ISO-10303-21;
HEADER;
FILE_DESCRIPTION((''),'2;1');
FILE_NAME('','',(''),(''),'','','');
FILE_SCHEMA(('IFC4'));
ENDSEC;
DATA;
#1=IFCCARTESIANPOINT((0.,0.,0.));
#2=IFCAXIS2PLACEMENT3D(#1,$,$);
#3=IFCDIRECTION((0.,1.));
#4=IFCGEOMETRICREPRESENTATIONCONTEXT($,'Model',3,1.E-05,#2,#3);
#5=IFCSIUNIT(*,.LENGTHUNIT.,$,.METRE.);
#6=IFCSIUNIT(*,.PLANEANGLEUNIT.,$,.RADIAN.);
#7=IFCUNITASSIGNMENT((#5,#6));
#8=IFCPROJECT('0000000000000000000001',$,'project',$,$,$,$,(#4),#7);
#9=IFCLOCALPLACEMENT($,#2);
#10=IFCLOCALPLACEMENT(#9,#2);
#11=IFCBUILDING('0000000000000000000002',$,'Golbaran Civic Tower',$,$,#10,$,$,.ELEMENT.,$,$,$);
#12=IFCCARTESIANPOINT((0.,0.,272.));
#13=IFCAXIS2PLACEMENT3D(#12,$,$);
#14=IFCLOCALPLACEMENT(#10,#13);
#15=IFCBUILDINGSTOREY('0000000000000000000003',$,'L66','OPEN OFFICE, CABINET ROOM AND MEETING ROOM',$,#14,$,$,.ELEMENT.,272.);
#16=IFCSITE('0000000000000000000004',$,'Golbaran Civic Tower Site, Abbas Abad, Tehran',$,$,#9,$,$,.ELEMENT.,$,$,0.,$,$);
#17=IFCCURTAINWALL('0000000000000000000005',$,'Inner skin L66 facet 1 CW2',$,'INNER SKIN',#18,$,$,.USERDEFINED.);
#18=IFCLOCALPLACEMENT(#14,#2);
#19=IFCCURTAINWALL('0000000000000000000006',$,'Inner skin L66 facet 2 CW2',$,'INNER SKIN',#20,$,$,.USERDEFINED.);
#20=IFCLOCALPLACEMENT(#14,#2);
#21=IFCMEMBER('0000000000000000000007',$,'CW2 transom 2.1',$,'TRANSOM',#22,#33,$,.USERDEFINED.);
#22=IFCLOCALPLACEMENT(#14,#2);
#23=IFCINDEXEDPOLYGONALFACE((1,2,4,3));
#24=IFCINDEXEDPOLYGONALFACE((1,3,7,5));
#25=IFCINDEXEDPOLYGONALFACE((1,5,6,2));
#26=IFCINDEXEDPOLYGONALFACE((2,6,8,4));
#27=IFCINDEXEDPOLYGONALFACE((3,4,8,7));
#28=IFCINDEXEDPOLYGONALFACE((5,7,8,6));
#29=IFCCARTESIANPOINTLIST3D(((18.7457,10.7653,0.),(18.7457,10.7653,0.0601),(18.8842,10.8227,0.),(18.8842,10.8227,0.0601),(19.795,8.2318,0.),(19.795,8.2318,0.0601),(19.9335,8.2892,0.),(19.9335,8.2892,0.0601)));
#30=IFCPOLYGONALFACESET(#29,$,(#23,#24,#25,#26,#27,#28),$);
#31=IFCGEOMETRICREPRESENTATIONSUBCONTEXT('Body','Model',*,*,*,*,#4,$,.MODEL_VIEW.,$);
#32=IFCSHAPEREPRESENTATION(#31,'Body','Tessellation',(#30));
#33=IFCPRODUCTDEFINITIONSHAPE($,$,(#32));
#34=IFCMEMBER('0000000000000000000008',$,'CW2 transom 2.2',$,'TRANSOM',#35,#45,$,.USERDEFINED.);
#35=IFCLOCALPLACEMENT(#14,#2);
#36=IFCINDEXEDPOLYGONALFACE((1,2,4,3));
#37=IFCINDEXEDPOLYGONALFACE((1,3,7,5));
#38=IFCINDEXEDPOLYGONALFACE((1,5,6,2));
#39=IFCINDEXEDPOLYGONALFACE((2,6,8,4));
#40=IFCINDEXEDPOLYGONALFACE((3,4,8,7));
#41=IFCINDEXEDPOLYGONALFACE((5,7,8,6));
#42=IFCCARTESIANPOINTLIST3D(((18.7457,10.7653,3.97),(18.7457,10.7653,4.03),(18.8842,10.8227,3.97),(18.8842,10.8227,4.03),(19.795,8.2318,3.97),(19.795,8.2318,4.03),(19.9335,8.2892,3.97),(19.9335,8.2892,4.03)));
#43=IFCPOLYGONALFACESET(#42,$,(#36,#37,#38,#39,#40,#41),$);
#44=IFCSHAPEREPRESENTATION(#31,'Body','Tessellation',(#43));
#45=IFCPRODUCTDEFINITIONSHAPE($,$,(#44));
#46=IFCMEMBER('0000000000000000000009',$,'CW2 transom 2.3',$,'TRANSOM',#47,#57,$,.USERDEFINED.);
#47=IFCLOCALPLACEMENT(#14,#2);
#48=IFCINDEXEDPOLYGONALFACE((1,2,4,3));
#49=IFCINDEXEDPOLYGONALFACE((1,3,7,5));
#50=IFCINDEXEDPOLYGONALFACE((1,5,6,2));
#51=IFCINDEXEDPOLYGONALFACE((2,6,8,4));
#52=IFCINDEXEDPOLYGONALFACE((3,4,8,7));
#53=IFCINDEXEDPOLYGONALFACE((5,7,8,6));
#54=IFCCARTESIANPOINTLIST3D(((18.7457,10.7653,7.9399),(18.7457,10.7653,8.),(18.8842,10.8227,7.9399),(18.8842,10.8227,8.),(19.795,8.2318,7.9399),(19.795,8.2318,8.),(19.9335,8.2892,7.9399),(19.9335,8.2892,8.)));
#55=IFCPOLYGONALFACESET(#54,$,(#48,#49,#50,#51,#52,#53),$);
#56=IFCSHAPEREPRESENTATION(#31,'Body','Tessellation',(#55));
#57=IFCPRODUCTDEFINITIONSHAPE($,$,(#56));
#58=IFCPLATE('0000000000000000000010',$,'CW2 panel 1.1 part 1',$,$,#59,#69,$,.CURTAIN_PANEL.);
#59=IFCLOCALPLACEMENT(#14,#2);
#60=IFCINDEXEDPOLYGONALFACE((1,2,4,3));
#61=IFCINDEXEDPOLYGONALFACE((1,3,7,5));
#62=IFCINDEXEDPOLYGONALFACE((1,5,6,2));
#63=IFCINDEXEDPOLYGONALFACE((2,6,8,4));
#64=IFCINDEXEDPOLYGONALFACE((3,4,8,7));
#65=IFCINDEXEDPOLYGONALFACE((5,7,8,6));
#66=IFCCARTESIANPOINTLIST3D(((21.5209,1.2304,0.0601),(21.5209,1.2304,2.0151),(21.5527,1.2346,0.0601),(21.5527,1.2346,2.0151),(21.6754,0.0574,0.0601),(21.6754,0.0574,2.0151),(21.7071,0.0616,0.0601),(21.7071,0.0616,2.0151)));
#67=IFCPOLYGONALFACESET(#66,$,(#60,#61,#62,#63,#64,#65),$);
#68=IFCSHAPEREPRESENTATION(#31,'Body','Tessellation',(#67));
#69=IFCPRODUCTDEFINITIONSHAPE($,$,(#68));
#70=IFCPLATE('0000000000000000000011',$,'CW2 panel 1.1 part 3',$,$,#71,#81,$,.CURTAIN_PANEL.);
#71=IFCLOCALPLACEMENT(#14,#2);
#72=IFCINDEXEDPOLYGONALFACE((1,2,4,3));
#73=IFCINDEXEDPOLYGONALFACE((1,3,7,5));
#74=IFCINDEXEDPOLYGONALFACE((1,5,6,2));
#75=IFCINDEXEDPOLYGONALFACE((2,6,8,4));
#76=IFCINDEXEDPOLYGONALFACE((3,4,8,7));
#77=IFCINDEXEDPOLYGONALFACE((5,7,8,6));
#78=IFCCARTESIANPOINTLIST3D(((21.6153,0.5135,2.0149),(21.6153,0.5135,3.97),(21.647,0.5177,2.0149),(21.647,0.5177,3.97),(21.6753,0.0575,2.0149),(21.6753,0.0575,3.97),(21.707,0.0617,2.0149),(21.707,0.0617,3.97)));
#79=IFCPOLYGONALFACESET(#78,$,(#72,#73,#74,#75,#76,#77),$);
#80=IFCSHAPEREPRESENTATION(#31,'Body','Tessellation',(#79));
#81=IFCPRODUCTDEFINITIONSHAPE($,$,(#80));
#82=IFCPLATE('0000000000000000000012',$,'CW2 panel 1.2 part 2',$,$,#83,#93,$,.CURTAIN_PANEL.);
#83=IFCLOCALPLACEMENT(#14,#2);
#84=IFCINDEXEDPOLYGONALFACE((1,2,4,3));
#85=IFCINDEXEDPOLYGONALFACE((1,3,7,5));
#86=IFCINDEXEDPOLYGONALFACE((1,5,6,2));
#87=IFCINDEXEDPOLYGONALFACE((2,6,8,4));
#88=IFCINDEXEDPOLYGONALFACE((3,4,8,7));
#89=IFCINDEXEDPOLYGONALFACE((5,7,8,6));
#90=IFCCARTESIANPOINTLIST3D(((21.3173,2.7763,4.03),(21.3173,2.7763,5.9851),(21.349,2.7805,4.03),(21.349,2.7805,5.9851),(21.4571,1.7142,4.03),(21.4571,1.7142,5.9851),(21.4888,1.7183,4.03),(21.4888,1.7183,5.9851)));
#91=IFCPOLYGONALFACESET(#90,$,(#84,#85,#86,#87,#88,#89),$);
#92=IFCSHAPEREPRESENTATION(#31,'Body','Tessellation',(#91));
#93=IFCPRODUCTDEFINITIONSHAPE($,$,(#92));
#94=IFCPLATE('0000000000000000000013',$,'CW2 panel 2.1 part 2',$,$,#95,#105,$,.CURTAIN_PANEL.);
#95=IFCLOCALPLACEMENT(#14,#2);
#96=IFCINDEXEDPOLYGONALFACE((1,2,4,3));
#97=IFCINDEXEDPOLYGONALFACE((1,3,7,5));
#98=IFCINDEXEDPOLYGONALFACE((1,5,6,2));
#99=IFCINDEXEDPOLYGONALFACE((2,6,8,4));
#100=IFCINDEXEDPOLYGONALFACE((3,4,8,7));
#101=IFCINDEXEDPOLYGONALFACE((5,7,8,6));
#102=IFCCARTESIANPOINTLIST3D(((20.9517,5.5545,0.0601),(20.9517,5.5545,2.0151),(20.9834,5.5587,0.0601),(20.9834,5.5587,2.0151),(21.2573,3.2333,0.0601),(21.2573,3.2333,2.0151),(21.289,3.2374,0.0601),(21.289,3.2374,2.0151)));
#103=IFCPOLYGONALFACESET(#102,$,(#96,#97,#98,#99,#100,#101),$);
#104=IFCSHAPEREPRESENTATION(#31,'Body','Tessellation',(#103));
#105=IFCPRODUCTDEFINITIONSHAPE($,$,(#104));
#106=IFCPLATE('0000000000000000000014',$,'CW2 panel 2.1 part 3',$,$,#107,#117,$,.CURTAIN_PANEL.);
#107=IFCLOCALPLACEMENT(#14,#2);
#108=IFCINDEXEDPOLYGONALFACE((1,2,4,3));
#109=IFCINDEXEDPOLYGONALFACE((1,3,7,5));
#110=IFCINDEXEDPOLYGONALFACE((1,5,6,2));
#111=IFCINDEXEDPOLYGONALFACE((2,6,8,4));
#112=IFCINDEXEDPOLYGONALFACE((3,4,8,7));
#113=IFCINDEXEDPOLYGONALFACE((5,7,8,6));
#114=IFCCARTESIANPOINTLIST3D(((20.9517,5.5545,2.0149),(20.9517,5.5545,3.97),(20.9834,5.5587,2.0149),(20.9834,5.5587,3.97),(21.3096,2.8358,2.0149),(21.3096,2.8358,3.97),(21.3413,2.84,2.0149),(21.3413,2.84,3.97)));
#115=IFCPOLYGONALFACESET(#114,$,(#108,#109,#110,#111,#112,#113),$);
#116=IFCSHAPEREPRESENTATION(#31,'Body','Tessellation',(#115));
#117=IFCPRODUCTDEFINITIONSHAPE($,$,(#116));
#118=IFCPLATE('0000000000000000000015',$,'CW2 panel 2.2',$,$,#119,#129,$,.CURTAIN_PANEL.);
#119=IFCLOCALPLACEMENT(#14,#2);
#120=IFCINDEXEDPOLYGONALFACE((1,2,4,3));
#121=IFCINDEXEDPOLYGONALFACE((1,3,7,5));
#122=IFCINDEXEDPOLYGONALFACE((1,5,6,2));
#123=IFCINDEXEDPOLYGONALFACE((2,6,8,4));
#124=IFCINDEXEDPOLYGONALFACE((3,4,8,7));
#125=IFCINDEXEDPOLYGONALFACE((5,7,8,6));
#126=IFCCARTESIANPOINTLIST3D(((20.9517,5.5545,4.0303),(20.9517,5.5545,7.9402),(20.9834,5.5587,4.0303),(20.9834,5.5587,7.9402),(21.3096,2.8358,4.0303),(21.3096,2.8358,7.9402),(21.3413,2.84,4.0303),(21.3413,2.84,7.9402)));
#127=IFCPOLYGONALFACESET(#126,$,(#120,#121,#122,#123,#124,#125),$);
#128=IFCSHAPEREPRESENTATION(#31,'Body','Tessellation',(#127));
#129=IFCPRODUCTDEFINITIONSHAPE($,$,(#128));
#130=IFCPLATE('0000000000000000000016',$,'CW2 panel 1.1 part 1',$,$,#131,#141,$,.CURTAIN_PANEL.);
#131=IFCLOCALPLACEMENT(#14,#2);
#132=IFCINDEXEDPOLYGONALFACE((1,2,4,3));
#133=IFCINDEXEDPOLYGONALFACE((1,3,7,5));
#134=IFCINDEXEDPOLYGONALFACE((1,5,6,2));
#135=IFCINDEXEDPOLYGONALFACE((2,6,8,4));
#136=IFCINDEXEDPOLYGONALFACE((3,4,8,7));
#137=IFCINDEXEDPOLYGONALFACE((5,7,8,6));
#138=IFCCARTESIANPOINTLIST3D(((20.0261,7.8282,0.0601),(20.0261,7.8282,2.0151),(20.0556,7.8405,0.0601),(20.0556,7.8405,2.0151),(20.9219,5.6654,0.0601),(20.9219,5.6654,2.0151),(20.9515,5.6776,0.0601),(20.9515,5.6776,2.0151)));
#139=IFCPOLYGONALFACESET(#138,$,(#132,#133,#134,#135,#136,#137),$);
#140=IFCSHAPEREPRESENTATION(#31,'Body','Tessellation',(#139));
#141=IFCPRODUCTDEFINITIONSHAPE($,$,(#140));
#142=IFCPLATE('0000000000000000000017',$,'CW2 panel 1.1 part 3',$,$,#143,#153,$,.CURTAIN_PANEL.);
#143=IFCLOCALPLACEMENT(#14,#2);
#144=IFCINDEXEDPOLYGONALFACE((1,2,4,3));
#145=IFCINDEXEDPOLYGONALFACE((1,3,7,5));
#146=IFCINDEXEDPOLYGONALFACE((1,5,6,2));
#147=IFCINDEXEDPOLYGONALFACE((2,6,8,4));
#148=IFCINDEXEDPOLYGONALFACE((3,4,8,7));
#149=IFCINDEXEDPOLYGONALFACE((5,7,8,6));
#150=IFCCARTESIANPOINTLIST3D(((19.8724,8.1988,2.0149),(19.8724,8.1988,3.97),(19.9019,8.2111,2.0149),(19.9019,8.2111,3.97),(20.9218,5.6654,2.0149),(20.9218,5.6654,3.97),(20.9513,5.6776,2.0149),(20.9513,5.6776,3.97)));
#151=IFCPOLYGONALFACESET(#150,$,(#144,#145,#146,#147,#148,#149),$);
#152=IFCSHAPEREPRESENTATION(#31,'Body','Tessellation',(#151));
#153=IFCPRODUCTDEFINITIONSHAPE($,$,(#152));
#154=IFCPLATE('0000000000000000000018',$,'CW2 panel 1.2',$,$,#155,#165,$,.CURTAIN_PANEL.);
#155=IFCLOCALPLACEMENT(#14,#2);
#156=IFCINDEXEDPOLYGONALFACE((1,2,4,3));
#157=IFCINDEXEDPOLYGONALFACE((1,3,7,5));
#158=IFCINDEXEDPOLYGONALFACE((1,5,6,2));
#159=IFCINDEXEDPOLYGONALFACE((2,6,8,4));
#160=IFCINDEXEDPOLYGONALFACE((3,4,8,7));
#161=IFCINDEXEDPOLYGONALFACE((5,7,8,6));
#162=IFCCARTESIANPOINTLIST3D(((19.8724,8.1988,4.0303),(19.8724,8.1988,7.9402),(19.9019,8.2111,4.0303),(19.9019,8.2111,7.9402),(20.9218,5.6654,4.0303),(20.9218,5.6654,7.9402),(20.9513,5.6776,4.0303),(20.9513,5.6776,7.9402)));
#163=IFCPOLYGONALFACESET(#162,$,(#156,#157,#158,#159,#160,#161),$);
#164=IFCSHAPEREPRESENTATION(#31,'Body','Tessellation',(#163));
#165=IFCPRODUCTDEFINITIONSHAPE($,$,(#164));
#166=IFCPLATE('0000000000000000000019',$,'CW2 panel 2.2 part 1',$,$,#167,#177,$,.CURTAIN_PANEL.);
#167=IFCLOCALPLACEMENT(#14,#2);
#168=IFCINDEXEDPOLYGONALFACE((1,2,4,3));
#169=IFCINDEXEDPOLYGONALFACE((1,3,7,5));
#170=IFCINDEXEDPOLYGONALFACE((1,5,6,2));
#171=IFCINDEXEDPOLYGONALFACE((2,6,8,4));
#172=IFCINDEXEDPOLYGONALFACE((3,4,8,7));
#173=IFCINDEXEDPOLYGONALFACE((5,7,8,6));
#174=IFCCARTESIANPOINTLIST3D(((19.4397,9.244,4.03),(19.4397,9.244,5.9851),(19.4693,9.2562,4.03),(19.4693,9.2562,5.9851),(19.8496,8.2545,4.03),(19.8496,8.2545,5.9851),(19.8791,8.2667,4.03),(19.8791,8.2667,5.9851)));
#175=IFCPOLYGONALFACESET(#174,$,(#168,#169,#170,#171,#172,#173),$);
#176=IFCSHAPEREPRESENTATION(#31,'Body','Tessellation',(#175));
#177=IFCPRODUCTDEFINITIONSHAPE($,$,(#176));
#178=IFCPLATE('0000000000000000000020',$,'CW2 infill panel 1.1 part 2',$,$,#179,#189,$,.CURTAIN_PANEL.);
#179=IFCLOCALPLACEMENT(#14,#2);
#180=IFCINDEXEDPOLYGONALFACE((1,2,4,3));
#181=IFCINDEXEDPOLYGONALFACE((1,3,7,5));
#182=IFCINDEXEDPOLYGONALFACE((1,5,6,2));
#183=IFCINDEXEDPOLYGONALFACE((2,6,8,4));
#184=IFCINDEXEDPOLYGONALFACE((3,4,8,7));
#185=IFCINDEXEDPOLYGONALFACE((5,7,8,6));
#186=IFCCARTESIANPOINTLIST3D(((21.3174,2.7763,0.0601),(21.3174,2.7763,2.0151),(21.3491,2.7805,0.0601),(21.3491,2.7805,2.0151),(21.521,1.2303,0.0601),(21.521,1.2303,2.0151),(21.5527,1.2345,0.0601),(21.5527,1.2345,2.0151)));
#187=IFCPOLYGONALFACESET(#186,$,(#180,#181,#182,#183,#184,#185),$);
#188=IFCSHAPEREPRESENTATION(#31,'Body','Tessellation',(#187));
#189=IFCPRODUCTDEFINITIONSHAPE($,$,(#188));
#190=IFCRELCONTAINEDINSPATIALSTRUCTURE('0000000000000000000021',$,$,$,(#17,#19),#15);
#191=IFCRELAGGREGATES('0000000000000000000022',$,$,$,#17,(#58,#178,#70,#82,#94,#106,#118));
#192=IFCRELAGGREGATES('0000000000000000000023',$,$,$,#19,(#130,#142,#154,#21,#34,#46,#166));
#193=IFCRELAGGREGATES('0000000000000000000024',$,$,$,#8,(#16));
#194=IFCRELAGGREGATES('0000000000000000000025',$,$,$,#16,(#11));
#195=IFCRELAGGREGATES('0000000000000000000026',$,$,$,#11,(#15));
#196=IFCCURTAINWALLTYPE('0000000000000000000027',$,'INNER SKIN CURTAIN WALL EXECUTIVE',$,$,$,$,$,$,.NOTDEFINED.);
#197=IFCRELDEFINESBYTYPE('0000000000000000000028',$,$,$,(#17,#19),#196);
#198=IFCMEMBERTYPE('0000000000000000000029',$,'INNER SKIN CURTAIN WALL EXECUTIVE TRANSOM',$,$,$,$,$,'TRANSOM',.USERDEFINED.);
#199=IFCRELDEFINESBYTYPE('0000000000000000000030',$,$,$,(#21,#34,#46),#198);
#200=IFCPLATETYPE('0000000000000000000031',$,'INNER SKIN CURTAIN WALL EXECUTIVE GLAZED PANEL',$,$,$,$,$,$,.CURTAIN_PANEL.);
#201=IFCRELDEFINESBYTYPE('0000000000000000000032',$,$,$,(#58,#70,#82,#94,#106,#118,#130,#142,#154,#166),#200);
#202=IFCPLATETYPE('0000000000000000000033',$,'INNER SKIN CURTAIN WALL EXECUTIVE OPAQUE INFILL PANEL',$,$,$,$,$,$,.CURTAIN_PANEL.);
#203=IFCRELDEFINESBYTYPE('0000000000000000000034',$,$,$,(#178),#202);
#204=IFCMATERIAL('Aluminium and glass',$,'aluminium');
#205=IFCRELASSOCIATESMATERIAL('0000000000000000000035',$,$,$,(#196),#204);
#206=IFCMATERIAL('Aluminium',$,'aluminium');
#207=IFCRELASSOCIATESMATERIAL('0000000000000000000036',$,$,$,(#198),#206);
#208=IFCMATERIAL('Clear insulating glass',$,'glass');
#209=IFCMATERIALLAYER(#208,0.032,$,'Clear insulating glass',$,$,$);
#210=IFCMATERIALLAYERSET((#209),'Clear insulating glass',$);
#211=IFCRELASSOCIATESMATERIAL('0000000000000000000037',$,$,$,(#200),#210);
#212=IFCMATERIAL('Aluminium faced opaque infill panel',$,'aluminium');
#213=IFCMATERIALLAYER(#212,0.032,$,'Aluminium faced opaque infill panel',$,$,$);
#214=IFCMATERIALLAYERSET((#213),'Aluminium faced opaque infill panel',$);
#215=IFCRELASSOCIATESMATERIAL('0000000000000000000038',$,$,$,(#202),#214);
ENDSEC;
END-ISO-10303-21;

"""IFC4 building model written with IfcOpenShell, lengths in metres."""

from ifc_helpers import new_model, si_unit, direction, frame, origin, origin_2d, place, context, subcontext, project, spatial, rectangle, extrude, material, layer, layer_set, material_profile, profile_set, type_object, element, aggregate, save


model = new_model("IFC4")

# Units and contexts
model_context = context("Model", 3, precision=1e-05, world=origin(), true_north=direction((0.0, 1.0)))
body_context = subcontext(model_context, "Body", "Model", "MODEL_VIEW")
ifc_project = project(units=[si_unit("LENGTHUNIT", "METRE"), si_unit("PLANEANGLEUNIT", "RADIAN")], contexts=[model_context])

# Site, building, storey
site_placement = place(None, origin())
site = spatial("IfcSite", under=ifc_project, at=site_placement, Name="Golbaran Civic Tower Site, Abbas Abad, Tehran", CompositionType="ELEMENT", RefElevation=0.0)
building_placement = place(site_placement, origin())
building = spatial("IfcBuilding", under=site, at=building_placement, Name="Golbaran Civic Tower", CompositionType="ELEMENT")
storey_placement = place(building_placement, frame((0.0, 0.0, 272.0)))
storey = spatial("IfcBuildingStorey", under=building, at=storey_placement, Name="L66", Description="OPEN OFFICE, CABINET ROOM AND MEETING ROOM", CompositionType="ELEMENT", Elevation=272.0)

# Curtain walls
ifc_material_1 = material(Name="Aluminium and glass", Category="aluminium")
curtain_wall_type = type_object("IfcCurtainWallType", Name="INNER SKIN CURTAIN WALL EXECUTIVE", PredefinedType="NOTDEFINED", material=ifc_material_1)
curtain_wall_1_placement = place(storey_placement, origin())
curtain_wall_1 = element("IfcCurtainWall", 1, at=curtain_wall_1_placement, inside=storey, type_object=curtain_wall_type, Name="Inner skin L66 facet 1 CW2", ObjectType="INNER SKIN", PredefinedType="USERDEFINED")
ifc_material_2 = material(Name="Aluminium", Category="aluminium")
curtain_wall_2_placement = place(storey_placement, origin())
curtain_wall_2 = element("IfcCurtainWall", 2, at=curtain_wall_2_placement, inside=storey, type_object=curtain_wall_type, Name="Inner skin L66 facet 2 CW2", ObjectType="INNER SKIN", PredefinedType="USERDEFINED")

# Members
ifc_material_profile_1 = material_profile(ifc_material_2, rectangle(XDim=0.1499, YDim=0.0601, at=origin_2d()), Name="INNER SKIN CURTAIN WALL EXECUTIVE TRANSOM")
ifc_profile_set_1 = profile_set([ifc_material_profile_1], Name="Aluminium")
member_type_1 = type_object("IfcMemberType", Name="INNER SKIN CURTAIN WALL EXECUTIVE TRANSOM", ElementType="TRANSOM", PredefinedType="USERDEFINED", material=ifc_profile_set_1)
member_1_placement = place(storey_placement, frame((19.8643, 8.2605, 0.03), z_axis=(-0.382661, 0.923889, 0.0), x_axis=(-0.923889, -0.382661, 0.0)))
member_1 = element("IfcMember", 3, at=member_1_placement, type_object=member_type_1, Name="CW2 transom 2.1", ObjectType="TRANSOM", PredefinedType="USERDEFINED", context=body_context, shape_type="SweptSolid", body=[
    extrude(rectangle(XDim=0.1499, YDim=0.0601, at=origin_2d()), origin(), (0.0, 0.0, 1.0), 2.7422),
])
member_2_placement = place(storey_placement, frame((19.8643, 8.2605, 4.0), z_axis=(-0.382661, 0.923889, 0.0), x_axis=(-0.923889, -0.382661, 0.0)))
member_2 = element("IfcMember", 4, at=member_2_placement, type_object=member_type_1, Name="CW2 transom 2.2", ObjectType="TRANSOM", PredefinedType="USERDEFINED", context=body_context, shape_type="SweptSolid", body=[
    extrude(rectangle(XDim=0.1499, YDim=0.0601, at=origin_2d()), origin(), (0.0, 0.0, 1.0), 2.7422),
])
member_3_placement = place(storey_placement, frame((19.8643, 8.2605, 7.97), z_axis=(-0.382661, 0.923889, 0.0), x_axis=(-0.923889, -0.382661, 0.0)))
member_3 = element("IfcMember", 5, at=member_3_placement, type_object=member_type_1, Name="CW2 transom 2.3", ObjectType="TRANSOM", PredefinedType="USERDEFINED", context=body_context, shape_type="SweptSolid", body=[
    extrude(rectangle(XDim=0.1499, YDim=0.0601, at=origin_2d()), origin(), (0.0, 0.0, 1.0), 2.7422),
])

# Plates
ifc_material_3 = material(Name="Clear insulating glass", Category="glass")
ifc_layer_1 = layer(ifc_material_3, 0.032, Name="Clear insulating glass")
ifc_layer_set_1 = layer_set([ifc_layer_1], Name="Clear insulating glass")
plate_type_1 = type_object("IfcPlateType", Name="INNER SKIN CURTAIN WALL EXECUTIVE GLAZED PANEL", PredefinedType="CURTAIN_PANEL", material=ifc_layer_set_1)
plate_1_placement = place(storey_placement, frame((21.614, 0.646, 0.0601), z_axis=(0.0, 0.0, 1.0), x_axis=(-0.130526, 0.991445, 0.0)))
plate_1 = element("IfcPlate", 6, at=plate_1_placement, type_object=plate_type_1, Name="CW2 panel 1.1 part 1", PredefinedType="CURTAIN_PANEL", context=body_context, shape_type="SweptSolid", body=[
    extrude(rectangle(XDim=1.1831, YDim=0.032, at=origin_2d()), origin(), (0.0, 0.0, 1.0), 1.9551),
])
plate_2_placement = place(storey_placement, frame((21.6611, 0.2876, 2.0149), z_axis=(0.0, 0.0, 1.0), x_axis=(-0.130526, 0.991445, 0.0)))
plate_2 = element("IfcPlate", 7, at=plate_2_placement, type_object=plate_type_1, Name="CW2 panel 1.1 part 3", PredefinedType="CURTAIN_PANEL", context=body_context, shape_type="SweptSolid", body=[
    extrude(rectangle(XDim=0.46, YDim=0.032, at=origin_2d()), origin(), (0.0, 0.0, 1.0), 1.9551),
])
plate_3_placement = place(storey_placement, frame((21.4031, 2.2473, 4.03), z_axis=(0.0, 0.0, 1.0), x_axis=(-0.130526, 0.991445, 0.0)))
plate_3 = element("IfcPlate", 8, at=plate_3_placement, type_object=plate_type_1, Name="CW2 panel 1.2 part 2", PredefinedType="CURTAIN_PANEL", context=body_context, shape_type="SweptSolid", body=[
    extrude(rectangle(XDim=1.0713, YDim=0.032, at=origin_2d()), origin(), (0.0, 0.0, 1.0), 1.9551),
])
plate_4_placement = place(storey_placement, frame((21.1204, 4.396, 0.0601), z_axis=(0.0, 0.0, 1.0), x_axis=(-0.130526, 0.991445, 0.0)))
plate_4 = element("IfcPlate", 9, at=plate_4_placement, type_object=plate_type_1, Name="CW2 panel 2.1 part 2", PredefinedType="CURTAIN_PANEL", context=body_context, shape_type="SweptSolid", body=[
    extrude(rectangle(XDim=2.3413, YDim=0.032, at=origin_2d()), origin(), (0.0, 0.0, 1.0), 1.9551),
])
plate_5_placement = place(storey_placement, frame((21.1465, 4.1973, 2.0149), z_axis=(0.0, 0.0, 1.0), x_axis=(-0.130526, 0.991445, 0.0)))
plate_5 = element("IfcPlate", 10, at=plate_5_placement, type_object=plate_type_1, Name="CW2 panel 2.1 part 3", PredefinedType="CURTAIN_PANEL", context=body_context, shape_type="SweptSolid", body=[
    extrude(rectangle(XDim=2.7422, YDim=0.032, at=origin_2d()), origin(), (0.0, 0.0, 1.0), 1.9551),
])
plate_6_placement = place(storey_placement, frame((21.1465, 4.1973, 4.0303), z_axis=(0.0, 0.0, 1.0), x_axis=(-0.130526, 0.991445, 0.0)))
plate_6 = element("IfcPlate", 11, at=plate_6_placement, type_object=plate_type_1, Name="CW2 panel 2.2", PredefinedType="CURTAIN_PANEL", context=body_context, shape_type="SweptSolid", body=[
    extrude(rectangle(XDim=2.7422, YDim=0.032, at=origin_2d()), origin(), (0.0, 0.0, 1.0), 3.9099),
])
plate_7_placement = place(storey_placement, frame((20.4888, 6.7529, 0.0601), z_axis=(0.0, 0.0, 1.0), x_axis=(-0.382683, 0.92388, 0.0)))
plate_7 = element("IfcPlate", 12, at=plate_7_placement, type_object=plate_type_1, Name="CW2 panel 1.1 part 1", PredefinedType="CURTAIN_PANEL", context=body_context, shape_type="SweptSolid", body=[
    extrude(rectangle(XDim=2.3411, YDim=0.032, at=origin_2d()), origin(), (0.0, 0.0, 1.0), 1.9551),
])
plate_8_placement = place(storey_placement, frame((20.4119, 6.9382, 2.0149), z_axis=(0.0, 0.0, 1.0), x_axis=(-0.382683, 0.92388, 0.0)))
plate_8 = element("IfcPlate", 13, at=plate_8_placement, type_object=plate_type_1, Name="CW2 panel 1.1 part 3", PredefinedType="CURTAIN_PANEL", context=body_context, shape_type="SweptSolid", body=[
    extrude(rectangle(XDim=2.7422, YDim=0.032, at=origin_2d()), origin(), (0.0, 0.0, 1.0), 1.9551),
])
plate_9_placement = place(storey_placement, frame((20.4119, 6.9382, 4.0303), z_axis=(0.0, 0.0, 1.0), x_axis=(-0.382683, 0.92388, 0.0)))
plate_9 = element("IfcPlate", 14, at=plate_9_placement, type_object=plate_type_1, Name="CW2 panel 1.2", PredefinedType="CURTAIN_PANEL", context=body_context, shape_type="SweptSolid", body=[
    extrude(rectangle(XDim=2.7422, YDim=0.032, at=origin_2d()), origin(), (0.0, 0.0, 1.0), 3.9099),
])
plate_10_placement = place(storey_placement, frame((19.6594, 8.7554, 4.03), z_axis=(0.0, 0.0, 1.0), x_axis=(-0.382683, 0.92388, 0.0)))
plate_10 = element("IfcPlate", 15, at=plate_10_placement, type_object=plate_type_1, Name="CW2 panel 2.2 part 1", PredefinedType="CURTAIN_PANEL", context=body_context, shape_type="SweptSolid", body=[
    extrude(rectangle(XDim=1.071, YDim=0.032, at=origin_2d()), origin(), (0.0, 0.0, 1.0), 1.9551),
])
ifc_material_4 = material(Name="Aluminium faced opaque infill panel", Category="aluminium")
ifc_layer_2 = layer(ifc_material_4, 0.032, Name="Aluminium faced opaque infill panel")
ifc_layer_set_2 = layer_set([ifc_layer_2], Name="Aluminium faced opaque infill panel")
plate_type_2 = type_object("IfcPlateType", Name="INNER SKIN CURTAIN WALL EXECUTIVE OPAQUE INFILL PANEL", PredefinedType="CURTAIN_PANEL", material=ifc_layer_set_2)
plate_11_placement = place(storey_placement, frame((21.4351, 2.0054, 0.0601), z_axis=(0.0, 0.0, 1.0), x_axis=(-0.130526, 0.991445, 0.0)))
plate_11 = element("IfcPlate", 16, at=plate_11_placement, type_object=plate_type_2, Name="CW2 infill panel 1.1 part 2", PredefinedType="CURTAIN_PANEL", context=body_context, shape_type="SweptSolid", body=[
    extrude(rectangle(XDim=1.5593, YDim=0.032, at=origin_2d()), origin(), (0.0, 0.0, 1.0), 1.9551),
])
aggregate(curtain_wall_1, [plate_1, plate_11, plate_2, plate_3, plate_4, plate_5, plate_6])
aggregate(curtain_wall_2, [plate_7, plate_8, plate_9, member_1, member_2, member_3, plate_10])

save(model, "model.ifc")
